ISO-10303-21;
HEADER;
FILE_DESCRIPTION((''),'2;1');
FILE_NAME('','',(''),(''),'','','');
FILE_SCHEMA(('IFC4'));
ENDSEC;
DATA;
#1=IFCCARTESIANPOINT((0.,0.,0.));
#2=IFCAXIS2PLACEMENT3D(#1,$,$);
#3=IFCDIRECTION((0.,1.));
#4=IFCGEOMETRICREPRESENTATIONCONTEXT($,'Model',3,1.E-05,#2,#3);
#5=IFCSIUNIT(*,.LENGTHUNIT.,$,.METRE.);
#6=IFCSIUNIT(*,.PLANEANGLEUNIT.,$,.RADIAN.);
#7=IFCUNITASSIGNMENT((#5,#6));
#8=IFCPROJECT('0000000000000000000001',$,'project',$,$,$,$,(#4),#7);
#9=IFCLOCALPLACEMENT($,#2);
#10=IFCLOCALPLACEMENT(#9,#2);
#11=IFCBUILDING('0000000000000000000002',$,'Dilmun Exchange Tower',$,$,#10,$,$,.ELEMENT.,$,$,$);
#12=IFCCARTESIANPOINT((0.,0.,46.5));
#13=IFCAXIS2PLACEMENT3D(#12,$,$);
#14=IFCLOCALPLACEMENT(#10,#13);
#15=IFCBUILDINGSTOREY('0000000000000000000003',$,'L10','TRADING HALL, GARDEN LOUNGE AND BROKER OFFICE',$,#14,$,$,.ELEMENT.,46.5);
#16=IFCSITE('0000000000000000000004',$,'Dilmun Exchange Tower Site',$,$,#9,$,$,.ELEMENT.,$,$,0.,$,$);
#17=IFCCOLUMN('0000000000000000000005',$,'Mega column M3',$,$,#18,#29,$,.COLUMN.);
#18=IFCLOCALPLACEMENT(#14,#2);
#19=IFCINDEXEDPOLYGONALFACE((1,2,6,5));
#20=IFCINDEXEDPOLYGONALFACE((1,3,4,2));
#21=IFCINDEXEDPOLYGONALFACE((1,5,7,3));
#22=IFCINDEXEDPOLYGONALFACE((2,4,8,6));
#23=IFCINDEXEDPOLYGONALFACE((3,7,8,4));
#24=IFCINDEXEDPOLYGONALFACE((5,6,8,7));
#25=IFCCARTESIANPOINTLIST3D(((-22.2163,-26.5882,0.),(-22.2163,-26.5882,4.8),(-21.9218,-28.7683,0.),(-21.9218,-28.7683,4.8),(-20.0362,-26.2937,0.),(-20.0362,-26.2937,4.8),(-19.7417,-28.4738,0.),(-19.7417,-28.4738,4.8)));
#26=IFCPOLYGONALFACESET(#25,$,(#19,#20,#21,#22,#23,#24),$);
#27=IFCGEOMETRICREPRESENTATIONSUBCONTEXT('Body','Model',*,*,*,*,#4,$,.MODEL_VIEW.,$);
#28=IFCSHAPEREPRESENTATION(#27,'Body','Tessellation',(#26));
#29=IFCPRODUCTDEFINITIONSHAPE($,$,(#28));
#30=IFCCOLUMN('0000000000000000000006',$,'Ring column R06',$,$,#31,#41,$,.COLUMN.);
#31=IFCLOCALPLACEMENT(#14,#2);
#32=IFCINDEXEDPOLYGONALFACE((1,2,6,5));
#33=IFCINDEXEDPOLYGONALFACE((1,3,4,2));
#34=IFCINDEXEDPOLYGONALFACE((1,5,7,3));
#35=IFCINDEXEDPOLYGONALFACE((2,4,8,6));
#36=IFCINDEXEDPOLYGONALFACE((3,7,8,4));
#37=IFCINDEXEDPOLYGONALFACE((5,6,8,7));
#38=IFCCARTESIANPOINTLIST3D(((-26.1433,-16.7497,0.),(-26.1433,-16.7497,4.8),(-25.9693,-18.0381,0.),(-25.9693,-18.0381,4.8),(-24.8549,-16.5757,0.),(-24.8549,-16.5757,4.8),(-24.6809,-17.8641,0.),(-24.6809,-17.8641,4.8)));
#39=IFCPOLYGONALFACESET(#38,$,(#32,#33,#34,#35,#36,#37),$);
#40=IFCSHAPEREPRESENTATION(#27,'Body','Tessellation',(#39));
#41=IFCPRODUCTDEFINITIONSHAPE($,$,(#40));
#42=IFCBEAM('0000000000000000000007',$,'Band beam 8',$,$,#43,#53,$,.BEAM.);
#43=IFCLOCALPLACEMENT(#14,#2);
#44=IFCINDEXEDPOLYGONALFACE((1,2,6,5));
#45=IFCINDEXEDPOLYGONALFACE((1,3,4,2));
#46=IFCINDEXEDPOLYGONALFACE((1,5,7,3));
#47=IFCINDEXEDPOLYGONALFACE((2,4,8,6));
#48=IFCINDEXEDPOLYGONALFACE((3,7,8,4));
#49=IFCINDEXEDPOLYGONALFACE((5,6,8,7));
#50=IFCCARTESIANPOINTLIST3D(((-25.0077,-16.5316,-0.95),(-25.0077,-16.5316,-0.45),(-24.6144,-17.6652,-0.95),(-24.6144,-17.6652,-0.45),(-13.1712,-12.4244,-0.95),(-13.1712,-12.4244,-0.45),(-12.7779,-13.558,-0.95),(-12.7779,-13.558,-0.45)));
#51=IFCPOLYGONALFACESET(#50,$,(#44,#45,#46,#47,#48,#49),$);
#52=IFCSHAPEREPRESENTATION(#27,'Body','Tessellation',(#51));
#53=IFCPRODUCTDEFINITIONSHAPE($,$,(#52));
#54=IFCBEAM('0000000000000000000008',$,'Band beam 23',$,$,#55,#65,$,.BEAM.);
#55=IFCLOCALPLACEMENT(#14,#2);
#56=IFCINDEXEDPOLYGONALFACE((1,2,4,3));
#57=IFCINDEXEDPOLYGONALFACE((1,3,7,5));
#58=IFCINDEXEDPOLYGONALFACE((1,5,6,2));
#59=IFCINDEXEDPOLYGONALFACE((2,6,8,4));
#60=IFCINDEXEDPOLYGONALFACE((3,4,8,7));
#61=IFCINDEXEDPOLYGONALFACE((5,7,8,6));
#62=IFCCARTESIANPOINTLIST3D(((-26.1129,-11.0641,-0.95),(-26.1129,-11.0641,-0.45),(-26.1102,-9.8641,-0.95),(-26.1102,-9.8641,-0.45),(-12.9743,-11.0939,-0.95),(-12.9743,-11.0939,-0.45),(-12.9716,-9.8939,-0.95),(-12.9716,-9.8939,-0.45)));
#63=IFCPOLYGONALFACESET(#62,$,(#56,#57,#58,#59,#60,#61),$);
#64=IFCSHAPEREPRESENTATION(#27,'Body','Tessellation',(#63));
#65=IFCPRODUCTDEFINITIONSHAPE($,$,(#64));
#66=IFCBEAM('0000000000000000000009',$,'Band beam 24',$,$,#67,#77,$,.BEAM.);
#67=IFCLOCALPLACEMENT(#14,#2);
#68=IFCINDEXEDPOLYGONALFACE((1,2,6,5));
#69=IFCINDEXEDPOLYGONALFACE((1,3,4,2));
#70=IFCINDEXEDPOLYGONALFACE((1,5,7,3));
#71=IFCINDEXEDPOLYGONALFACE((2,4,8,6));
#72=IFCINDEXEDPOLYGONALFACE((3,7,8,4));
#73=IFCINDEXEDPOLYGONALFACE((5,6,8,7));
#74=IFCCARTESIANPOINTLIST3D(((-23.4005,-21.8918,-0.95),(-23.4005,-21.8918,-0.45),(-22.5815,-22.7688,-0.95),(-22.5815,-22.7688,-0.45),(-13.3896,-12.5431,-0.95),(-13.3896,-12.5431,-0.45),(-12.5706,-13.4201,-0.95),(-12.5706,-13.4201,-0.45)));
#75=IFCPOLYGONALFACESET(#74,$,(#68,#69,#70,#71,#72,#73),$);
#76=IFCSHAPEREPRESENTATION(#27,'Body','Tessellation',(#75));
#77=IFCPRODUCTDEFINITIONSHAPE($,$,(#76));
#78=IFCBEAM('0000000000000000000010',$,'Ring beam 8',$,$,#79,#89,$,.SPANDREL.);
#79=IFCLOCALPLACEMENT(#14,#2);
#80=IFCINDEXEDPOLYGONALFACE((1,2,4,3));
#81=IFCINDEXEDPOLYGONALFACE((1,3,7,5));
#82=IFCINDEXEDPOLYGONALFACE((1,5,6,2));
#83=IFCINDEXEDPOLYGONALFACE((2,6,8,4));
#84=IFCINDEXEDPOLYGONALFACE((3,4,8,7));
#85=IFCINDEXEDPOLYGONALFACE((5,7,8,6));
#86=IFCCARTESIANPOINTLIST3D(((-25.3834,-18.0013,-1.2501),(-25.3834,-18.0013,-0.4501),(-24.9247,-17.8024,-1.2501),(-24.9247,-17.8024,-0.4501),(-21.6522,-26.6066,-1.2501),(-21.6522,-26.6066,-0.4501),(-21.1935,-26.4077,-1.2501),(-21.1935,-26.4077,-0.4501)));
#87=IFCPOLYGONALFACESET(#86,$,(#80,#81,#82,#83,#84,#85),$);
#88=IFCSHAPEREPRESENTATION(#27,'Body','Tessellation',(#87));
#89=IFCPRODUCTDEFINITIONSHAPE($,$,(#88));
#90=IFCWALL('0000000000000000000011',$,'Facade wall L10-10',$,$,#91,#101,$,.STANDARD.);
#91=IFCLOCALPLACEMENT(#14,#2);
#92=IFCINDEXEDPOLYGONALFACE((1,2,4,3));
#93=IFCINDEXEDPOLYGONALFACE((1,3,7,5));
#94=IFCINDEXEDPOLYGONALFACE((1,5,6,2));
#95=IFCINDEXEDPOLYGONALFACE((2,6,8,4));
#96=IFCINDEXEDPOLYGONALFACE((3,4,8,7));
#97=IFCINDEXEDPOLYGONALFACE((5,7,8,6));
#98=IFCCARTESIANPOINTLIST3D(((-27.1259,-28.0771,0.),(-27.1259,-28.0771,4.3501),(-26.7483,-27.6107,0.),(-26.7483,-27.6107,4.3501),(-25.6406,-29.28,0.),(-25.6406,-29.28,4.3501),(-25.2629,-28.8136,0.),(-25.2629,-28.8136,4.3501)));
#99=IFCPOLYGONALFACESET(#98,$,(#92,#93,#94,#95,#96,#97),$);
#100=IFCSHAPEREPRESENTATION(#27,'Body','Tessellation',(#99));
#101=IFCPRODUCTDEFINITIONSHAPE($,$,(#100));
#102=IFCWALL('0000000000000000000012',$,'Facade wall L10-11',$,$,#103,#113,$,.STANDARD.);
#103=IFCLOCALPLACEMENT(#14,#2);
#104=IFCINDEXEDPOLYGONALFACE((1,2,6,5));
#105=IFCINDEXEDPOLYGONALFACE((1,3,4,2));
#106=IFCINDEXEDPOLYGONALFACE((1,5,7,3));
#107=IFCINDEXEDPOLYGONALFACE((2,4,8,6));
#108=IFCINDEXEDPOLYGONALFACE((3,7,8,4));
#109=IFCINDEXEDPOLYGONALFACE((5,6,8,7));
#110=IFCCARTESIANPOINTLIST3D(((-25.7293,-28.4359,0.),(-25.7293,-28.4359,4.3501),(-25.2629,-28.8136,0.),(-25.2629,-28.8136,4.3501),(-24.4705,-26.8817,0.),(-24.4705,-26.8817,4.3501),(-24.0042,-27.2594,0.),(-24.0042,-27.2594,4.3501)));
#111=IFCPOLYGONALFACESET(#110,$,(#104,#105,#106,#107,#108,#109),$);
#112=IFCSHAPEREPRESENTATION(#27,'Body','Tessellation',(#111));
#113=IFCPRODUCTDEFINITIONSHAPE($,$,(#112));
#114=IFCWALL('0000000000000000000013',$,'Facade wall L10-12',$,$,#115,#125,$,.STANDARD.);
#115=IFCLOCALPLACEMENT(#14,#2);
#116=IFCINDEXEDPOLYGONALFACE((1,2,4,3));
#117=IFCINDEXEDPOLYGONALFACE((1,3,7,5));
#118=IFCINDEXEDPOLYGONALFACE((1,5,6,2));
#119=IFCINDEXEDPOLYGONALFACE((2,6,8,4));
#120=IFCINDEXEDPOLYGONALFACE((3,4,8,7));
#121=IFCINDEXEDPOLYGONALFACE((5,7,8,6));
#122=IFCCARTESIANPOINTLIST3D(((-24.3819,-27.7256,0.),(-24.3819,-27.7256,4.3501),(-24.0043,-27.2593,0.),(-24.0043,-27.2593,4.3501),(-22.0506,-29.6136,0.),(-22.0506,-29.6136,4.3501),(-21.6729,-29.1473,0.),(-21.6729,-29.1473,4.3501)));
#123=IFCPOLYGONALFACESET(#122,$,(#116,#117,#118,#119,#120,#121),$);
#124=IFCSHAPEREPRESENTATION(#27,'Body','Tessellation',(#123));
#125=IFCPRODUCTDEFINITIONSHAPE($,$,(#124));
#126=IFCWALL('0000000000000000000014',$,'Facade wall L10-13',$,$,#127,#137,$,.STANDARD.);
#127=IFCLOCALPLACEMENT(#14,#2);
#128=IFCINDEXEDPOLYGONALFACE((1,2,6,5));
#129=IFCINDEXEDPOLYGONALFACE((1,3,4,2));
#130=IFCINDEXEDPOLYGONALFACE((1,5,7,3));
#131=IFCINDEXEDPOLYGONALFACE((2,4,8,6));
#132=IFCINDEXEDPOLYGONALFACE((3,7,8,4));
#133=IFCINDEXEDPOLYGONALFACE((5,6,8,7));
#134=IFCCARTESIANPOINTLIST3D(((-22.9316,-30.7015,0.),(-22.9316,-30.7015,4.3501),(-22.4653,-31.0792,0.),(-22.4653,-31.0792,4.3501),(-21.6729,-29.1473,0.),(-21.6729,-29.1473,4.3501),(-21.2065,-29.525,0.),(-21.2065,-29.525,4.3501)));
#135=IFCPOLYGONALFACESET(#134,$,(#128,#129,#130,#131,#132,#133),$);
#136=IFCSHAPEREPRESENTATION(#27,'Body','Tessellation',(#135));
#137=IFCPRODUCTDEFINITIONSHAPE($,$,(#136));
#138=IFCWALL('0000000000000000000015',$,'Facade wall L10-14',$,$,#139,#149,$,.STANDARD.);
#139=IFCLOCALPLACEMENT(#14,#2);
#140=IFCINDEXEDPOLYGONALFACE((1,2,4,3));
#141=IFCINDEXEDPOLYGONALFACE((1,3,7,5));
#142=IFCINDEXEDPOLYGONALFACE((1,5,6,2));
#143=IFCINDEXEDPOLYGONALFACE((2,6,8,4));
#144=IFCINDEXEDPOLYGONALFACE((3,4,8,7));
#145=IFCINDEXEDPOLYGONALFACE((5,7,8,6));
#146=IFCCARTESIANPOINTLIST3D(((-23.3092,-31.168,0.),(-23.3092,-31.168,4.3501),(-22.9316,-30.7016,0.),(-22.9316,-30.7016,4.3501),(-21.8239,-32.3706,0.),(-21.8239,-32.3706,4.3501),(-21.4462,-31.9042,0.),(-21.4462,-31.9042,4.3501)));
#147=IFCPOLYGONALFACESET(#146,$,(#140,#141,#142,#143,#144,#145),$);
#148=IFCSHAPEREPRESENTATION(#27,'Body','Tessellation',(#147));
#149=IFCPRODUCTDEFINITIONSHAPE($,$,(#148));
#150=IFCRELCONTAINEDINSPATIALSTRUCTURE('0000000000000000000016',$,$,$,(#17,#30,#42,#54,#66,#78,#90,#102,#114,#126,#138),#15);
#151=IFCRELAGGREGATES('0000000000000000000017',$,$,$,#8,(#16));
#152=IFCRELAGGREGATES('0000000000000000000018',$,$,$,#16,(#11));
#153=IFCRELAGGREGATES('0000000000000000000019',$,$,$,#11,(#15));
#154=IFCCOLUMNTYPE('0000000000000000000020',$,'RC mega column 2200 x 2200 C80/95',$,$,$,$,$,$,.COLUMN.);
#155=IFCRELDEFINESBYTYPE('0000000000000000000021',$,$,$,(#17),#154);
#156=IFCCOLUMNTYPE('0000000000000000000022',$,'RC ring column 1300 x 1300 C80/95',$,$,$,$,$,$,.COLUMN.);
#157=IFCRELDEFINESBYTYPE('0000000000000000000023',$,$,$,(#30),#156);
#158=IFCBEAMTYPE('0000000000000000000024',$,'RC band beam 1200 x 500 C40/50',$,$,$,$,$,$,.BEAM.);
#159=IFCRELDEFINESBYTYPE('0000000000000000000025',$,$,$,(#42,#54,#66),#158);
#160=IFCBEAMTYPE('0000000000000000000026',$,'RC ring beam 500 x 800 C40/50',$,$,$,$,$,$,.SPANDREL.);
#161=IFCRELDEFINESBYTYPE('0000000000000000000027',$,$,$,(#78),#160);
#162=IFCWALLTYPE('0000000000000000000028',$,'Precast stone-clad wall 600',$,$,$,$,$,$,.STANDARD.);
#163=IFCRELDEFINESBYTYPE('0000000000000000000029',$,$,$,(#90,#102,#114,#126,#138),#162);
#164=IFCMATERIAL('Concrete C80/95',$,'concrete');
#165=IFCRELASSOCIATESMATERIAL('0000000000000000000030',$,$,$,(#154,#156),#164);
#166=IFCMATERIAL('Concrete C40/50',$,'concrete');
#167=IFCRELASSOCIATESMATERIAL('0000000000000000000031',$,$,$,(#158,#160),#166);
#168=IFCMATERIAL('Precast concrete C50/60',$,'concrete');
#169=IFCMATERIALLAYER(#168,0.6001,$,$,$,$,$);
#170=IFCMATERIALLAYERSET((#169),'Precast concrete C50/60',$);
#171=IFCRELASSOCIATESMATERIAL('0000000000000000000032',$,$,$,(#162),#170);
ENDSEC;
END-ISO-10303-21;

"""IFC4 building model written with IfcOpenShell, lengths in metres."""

from ifc_helpers import new_model, si_unit, direction, frame, frame_2d, origin, origin_2d, place, context, subcontext, project, spatial, rectangle, extrude, material, layer, layer_set, material_profile, profile_set, type_object, element, save


model = new_model("IFC4")

# Units and contexts
model_context = context("Model", 3, precision=1e-05, world=origin(), true_north=direction((0.0, 1.0)))
body_context = subcontext(model_context, "Body", "Model", "MODEL_VIEW")
ifc_project = project(units=[si_unit("LENGTHUNIT", "METRE"), si_unit("PLANEANGLEUNIT", "RADIAN")], contexts=[model_context])

# Site, building, storey
site_placement = place(None, origin())
site = spatial("IfcSite", under=ifc_project, at=site_placement, Name="Dilmun Exchange Tower Site", CompositionType="ELEMENT", RefElevation=0.0)
building_placement = place(site_placement, origin())
building = spatial("IfcBuilding", under=site, at=building_placement, Name="Dilmun Exchange Tower", CompositionType="ELEMENT")
storey_placement = place(building_placement, frame((0.0, 0.0, 46.5)))
storey = spatial("IfcBuildingStorey", under=building, at=storey_placement, Name="L10", Description="TRADING HALL, GARDEN LOUNGE AND BROKER OFFICE", CompositionType="ELEMENT", Elevation=46.5)

# Columns
ifc_material_1 = material(Name="Concrete C80/95", Category="concrete")
ifc_material_profile_1 = material_profile(ifc_material_1, rectangle(XDim=2.2, YDim=2.2, at=origin_2d()), Name="2200 x 2200")
ifc_profile_set_1 = profile_set([ifc_material_profile_1], Name="Concrete C80/95")
column_type_1 = type_object("IfcColumnType", Name="RC mega column 2200 x 2200 C80/95", PredefinedType="COLUMN", material=ifc_profile_set_1)
column_1_placement = place(storey_placement, frame((-20.979, -27.531, 0.0), z_axis=(0.0, 0.0, 1.0), x_axis=(0.991001, 0.133853, 0.0)))
element("IfcColumn", 1, at=column_1_placement, inside=storey, type_object=column_type_1, Name="Mega column M3", PredefinedType="COLUMN", context=body_context, shape_type="SweptSolid", body=[
    extrude(rectangle(XDim=2.2, YDim=2.2, at=origin_2d()), origin(), (0.0, 0.0, 1.0), 4.8),
])
ifc_material_profile_2 = material_profile(ifc_material_1, rectangle(XDim=1.3, YDim=1.3, at=origin_2d()), Name="1300 x 1300")
ifc_profile_set_2 = profile_set([ifc_material_profile_2], Name="Concrete C80/95")
column_type_2 = type_object("IfcColumnType", Name="RC ring column 1300 x 1300 C80/95", PredefinedType="COLUMN", material=ifc_profile_set_2)
column_2_placement = place(storey_placement, frame((-25.4121, -17.3069, 0.0), z_axis=(0.0, 0.0, 1.0), x_axis=(0.991001, 0.133853, 0.0)))
element("IfcColumn", 2, at=column_2_placement, inside=storey, type_object=column_type_2, Name="Ring column R06", PredefinedType="COLUMN", context=body_context, shape_type="SweptSolid", body=[
    extrude(rectangle(XDim=1.3, YDim=1.3, at=origin_2d()), origin(), (0.0, 0.0, 1.0), 4.8),
])

# Beams
ifc_material_2 = material(Name="Concrete C40/50", Category="concrete")
ifc_material_profile_3 = material_profile(ifc_material_2, rectangle(XDim=1.2, YDim=0.5, at=origin_2d()), Name="1200 x 500")
ifc_profile_set_3 = profile_set([ifc_material_profile_3], Name="Concrete C40/50")
beam_type_1 = type_object("IfcBeamType", Name="RC band beam 1200 x 500 C40/50", PredefinedType="BEAM", material=ifc_profile_set_3)
beam_1_placement = place(storey_placement, frame((-24.811, -17.0984, -0.7), z_axis=(0.94474, 0.32782, 0.0), x_axis=(-0.32782, 0.94474, 0.0)))
element("IfcBeam", 3, at=beam_1_placement, inside=storey, type_object=beam_type_1, Name="Band beam 8", PredefinedType="BEAM", context=body_context, shape_type="SweptSolid", body=[
    extrude(rectangle(XDim=1.2, YDim=0.5, at=origin_2d()), origin(), (0.0, 0.0, 1.0), 12.5288),
])
beam_2_placement = place(storey_placement, frame((-26.1116, -10.4641, -0.7), z_axis=(0.999997, -0.002267, 0.0), x_axis=(0.002267, 0.999997, 0.0)))
element("IfcBeam", 4, at=beam_2_placement, inside=storey, type_object=beam_type_1, Name="Band beam 23", PredefinedType="BEAM", context=body_context, shape_type="SweptSolid", body=[
    extrude(rectangle(XDim=1.2, YDim=0.5, at=origin_2d()), origin(), (0.0, 0.0, 1.0), 13.1387),
])
beam_3_placement = place(storey_placement, frame((-22.991, -22.3303, -0.7), z_axis=(0.730863, 0.682524, 0.0), x_axis=(-0.682524, 0.730863, 0.0)))
element("IfcBeam", 5, at=beam_3_placement, inside=storey, type_object=beam_type_1, Name="Band beam 24", PredefinedType="BEAM", context=body_context, shape_type="SweptSolid", body=[
    extrude(rectangle(XDim=1.2, YDim=0.5, at=origin_2d()), origin(), (0.0, 0.0, 1.0), 13.6973),
])
ifc_material_profile_4 = material_profile(ifc_material_2, rectangle(XDim=0.5, YDim=0.8, at=origin_2d()), Name="500 x 800")
ifc_profile_set_4 = profile_set([ifc_material_profile_4], Name="Concrete C40/50")
beam_type_2 = type_object("IfcBeamType", Name="RC ring beam 500 x 800 C40/50", PredefinedType="SPANDREL", material=ifc_profile_set_4)
beam_4_placement = place(storey_placement, frame((-25.1541, -17.9019, -0.8501), z_axis=(0.397811, -0.917467, 0.0), x_axis=(0.917467, 0.397811, 0.0)))
element("IfcBeam", 6, at=beam_4_placement, inside=storey, type_object=beam_type_2, Name="Ring beam 8", PredefinedType="SPANDREL", context=body_context, shape_type="SweptSolid", body=[
    extrude(rectangle(XDim=0.5, YDim=0.8, at=origin_2d()), origin(), (0.0, 0.0, 1.0), 9.3794),
])

# Walls
ifc_material_3 = material(Name="Precast concrete C50/60", Category="concrete")
ifc_layer = layer(ifc_material_3, 0.6001)
ifc_layer_set = layer_set([ifc_layer], Name="Precast concrete C50/60")
wall_type = type_object("IfcWallType", Name="Precast stone-clad wall 600", PredefinedType="STANDARD", material=ifc_layer_set)
wall_1_placement = place(storey_placement, frame((-26.937, -27.844, 0.0), z_axis=(0.0, 0.0, 1.0), x_axis=(0.777129, -0.629342, 0.0)))
element("IfcWall", 7, at=wall_1_placement, inside=storey, type_object=wall_type, Name="Facade wall L10-10", PredefinedType="STANDARD", context=body_context, shape_type="SweptSolid", body=[
    extrude(rectangle(XDim=1.9114, YDim=0.6001, at=frame_2d((0.9556, 0.0))), origin(), (0.0, 0.0, 1.0), 4.3501),
])
wall_2_placement = place(storey_placement, frame((-25.4961, -28.6248, 0.0), z_axis=(0.0, 0.0, 1.0), x_axis=(0.629388, 0.777091, 0.0)))
element("IfcWall", 8, at=wall_2_placement, inside=storey, type_object=wall_type, Name="Facade wall L10-11", PredefinedType="STANDARD", context=body_context, shape_type="SweptSolid", body=[
    extrude(rectangle(XDim=2.0, YDim=0.6001, at=frame_2d((1.0, 0.0))), origin(), (0.0, 0.0, 1.0), 4.3501),
])
wall_3_placement = place(storey_placement, frame((-24.1931, -27.4924, 0.0), z_axis=(0.0, 0.0, 1.0), x_axis=(0.777131, -0.629339, 0.0)))
element("IfcWall", 9, at=wall_3_placement, inside=storey, type_object=wall_type, Name="Facade wall L10-12", PredefinedType="STANDARD", context=body_context, shape_type="SweptSolid", body=[
    extrude(rectangle(XDim=3.0, YDim=0.6001, at=frame_2d((1.5, 0.0))), origin(), (0.0, 0.0, 1.0), 4.3501),
])
wall_4_placement = place(storey_placement, frame((-21.4397, -29.3362, 0.0), z_axis=(0.0, 0.0, 1.0), x_axis=(-0.629388, -0.777091, 0.0)))
element("IfcWall", 10, at=wall_4_placement, inside=storey, type_object=wall_type, Name="Facade wall L10-13", PredefinedType="STANDARD", context=body_context, shape_type="SweptSolid", body=[
    extrude(rectangle(XDim=2.0, YDim=0.6001, at=frame_2d((1.0, 0.0))), origin(), (0.0, 0.0, 1.0), 4.3501),
])
wall_5_placement = place(storey_placement, frame((-23.1204, -30.9348, 0.0), z_axis=(0.0, 0.0, 1.0), x_axis=(0.777191, -0.629264, 0.0)))
element("IfcWall", 11, at=wall_5_placement, inside=storey, type_object=wall_type, Name="Facade wall L10-14", PredefinedType="STANDARD", context=body_context, shape_type="SweptSolid", body=[
    extrude(rectangle(XDim=1.9111, YDim=0.6001, at=frame_2d((0.9556, 0.0))), origin(), (0.0, 0.0, 1.0), 4.3501),
])

save(model, "model.ifc")
